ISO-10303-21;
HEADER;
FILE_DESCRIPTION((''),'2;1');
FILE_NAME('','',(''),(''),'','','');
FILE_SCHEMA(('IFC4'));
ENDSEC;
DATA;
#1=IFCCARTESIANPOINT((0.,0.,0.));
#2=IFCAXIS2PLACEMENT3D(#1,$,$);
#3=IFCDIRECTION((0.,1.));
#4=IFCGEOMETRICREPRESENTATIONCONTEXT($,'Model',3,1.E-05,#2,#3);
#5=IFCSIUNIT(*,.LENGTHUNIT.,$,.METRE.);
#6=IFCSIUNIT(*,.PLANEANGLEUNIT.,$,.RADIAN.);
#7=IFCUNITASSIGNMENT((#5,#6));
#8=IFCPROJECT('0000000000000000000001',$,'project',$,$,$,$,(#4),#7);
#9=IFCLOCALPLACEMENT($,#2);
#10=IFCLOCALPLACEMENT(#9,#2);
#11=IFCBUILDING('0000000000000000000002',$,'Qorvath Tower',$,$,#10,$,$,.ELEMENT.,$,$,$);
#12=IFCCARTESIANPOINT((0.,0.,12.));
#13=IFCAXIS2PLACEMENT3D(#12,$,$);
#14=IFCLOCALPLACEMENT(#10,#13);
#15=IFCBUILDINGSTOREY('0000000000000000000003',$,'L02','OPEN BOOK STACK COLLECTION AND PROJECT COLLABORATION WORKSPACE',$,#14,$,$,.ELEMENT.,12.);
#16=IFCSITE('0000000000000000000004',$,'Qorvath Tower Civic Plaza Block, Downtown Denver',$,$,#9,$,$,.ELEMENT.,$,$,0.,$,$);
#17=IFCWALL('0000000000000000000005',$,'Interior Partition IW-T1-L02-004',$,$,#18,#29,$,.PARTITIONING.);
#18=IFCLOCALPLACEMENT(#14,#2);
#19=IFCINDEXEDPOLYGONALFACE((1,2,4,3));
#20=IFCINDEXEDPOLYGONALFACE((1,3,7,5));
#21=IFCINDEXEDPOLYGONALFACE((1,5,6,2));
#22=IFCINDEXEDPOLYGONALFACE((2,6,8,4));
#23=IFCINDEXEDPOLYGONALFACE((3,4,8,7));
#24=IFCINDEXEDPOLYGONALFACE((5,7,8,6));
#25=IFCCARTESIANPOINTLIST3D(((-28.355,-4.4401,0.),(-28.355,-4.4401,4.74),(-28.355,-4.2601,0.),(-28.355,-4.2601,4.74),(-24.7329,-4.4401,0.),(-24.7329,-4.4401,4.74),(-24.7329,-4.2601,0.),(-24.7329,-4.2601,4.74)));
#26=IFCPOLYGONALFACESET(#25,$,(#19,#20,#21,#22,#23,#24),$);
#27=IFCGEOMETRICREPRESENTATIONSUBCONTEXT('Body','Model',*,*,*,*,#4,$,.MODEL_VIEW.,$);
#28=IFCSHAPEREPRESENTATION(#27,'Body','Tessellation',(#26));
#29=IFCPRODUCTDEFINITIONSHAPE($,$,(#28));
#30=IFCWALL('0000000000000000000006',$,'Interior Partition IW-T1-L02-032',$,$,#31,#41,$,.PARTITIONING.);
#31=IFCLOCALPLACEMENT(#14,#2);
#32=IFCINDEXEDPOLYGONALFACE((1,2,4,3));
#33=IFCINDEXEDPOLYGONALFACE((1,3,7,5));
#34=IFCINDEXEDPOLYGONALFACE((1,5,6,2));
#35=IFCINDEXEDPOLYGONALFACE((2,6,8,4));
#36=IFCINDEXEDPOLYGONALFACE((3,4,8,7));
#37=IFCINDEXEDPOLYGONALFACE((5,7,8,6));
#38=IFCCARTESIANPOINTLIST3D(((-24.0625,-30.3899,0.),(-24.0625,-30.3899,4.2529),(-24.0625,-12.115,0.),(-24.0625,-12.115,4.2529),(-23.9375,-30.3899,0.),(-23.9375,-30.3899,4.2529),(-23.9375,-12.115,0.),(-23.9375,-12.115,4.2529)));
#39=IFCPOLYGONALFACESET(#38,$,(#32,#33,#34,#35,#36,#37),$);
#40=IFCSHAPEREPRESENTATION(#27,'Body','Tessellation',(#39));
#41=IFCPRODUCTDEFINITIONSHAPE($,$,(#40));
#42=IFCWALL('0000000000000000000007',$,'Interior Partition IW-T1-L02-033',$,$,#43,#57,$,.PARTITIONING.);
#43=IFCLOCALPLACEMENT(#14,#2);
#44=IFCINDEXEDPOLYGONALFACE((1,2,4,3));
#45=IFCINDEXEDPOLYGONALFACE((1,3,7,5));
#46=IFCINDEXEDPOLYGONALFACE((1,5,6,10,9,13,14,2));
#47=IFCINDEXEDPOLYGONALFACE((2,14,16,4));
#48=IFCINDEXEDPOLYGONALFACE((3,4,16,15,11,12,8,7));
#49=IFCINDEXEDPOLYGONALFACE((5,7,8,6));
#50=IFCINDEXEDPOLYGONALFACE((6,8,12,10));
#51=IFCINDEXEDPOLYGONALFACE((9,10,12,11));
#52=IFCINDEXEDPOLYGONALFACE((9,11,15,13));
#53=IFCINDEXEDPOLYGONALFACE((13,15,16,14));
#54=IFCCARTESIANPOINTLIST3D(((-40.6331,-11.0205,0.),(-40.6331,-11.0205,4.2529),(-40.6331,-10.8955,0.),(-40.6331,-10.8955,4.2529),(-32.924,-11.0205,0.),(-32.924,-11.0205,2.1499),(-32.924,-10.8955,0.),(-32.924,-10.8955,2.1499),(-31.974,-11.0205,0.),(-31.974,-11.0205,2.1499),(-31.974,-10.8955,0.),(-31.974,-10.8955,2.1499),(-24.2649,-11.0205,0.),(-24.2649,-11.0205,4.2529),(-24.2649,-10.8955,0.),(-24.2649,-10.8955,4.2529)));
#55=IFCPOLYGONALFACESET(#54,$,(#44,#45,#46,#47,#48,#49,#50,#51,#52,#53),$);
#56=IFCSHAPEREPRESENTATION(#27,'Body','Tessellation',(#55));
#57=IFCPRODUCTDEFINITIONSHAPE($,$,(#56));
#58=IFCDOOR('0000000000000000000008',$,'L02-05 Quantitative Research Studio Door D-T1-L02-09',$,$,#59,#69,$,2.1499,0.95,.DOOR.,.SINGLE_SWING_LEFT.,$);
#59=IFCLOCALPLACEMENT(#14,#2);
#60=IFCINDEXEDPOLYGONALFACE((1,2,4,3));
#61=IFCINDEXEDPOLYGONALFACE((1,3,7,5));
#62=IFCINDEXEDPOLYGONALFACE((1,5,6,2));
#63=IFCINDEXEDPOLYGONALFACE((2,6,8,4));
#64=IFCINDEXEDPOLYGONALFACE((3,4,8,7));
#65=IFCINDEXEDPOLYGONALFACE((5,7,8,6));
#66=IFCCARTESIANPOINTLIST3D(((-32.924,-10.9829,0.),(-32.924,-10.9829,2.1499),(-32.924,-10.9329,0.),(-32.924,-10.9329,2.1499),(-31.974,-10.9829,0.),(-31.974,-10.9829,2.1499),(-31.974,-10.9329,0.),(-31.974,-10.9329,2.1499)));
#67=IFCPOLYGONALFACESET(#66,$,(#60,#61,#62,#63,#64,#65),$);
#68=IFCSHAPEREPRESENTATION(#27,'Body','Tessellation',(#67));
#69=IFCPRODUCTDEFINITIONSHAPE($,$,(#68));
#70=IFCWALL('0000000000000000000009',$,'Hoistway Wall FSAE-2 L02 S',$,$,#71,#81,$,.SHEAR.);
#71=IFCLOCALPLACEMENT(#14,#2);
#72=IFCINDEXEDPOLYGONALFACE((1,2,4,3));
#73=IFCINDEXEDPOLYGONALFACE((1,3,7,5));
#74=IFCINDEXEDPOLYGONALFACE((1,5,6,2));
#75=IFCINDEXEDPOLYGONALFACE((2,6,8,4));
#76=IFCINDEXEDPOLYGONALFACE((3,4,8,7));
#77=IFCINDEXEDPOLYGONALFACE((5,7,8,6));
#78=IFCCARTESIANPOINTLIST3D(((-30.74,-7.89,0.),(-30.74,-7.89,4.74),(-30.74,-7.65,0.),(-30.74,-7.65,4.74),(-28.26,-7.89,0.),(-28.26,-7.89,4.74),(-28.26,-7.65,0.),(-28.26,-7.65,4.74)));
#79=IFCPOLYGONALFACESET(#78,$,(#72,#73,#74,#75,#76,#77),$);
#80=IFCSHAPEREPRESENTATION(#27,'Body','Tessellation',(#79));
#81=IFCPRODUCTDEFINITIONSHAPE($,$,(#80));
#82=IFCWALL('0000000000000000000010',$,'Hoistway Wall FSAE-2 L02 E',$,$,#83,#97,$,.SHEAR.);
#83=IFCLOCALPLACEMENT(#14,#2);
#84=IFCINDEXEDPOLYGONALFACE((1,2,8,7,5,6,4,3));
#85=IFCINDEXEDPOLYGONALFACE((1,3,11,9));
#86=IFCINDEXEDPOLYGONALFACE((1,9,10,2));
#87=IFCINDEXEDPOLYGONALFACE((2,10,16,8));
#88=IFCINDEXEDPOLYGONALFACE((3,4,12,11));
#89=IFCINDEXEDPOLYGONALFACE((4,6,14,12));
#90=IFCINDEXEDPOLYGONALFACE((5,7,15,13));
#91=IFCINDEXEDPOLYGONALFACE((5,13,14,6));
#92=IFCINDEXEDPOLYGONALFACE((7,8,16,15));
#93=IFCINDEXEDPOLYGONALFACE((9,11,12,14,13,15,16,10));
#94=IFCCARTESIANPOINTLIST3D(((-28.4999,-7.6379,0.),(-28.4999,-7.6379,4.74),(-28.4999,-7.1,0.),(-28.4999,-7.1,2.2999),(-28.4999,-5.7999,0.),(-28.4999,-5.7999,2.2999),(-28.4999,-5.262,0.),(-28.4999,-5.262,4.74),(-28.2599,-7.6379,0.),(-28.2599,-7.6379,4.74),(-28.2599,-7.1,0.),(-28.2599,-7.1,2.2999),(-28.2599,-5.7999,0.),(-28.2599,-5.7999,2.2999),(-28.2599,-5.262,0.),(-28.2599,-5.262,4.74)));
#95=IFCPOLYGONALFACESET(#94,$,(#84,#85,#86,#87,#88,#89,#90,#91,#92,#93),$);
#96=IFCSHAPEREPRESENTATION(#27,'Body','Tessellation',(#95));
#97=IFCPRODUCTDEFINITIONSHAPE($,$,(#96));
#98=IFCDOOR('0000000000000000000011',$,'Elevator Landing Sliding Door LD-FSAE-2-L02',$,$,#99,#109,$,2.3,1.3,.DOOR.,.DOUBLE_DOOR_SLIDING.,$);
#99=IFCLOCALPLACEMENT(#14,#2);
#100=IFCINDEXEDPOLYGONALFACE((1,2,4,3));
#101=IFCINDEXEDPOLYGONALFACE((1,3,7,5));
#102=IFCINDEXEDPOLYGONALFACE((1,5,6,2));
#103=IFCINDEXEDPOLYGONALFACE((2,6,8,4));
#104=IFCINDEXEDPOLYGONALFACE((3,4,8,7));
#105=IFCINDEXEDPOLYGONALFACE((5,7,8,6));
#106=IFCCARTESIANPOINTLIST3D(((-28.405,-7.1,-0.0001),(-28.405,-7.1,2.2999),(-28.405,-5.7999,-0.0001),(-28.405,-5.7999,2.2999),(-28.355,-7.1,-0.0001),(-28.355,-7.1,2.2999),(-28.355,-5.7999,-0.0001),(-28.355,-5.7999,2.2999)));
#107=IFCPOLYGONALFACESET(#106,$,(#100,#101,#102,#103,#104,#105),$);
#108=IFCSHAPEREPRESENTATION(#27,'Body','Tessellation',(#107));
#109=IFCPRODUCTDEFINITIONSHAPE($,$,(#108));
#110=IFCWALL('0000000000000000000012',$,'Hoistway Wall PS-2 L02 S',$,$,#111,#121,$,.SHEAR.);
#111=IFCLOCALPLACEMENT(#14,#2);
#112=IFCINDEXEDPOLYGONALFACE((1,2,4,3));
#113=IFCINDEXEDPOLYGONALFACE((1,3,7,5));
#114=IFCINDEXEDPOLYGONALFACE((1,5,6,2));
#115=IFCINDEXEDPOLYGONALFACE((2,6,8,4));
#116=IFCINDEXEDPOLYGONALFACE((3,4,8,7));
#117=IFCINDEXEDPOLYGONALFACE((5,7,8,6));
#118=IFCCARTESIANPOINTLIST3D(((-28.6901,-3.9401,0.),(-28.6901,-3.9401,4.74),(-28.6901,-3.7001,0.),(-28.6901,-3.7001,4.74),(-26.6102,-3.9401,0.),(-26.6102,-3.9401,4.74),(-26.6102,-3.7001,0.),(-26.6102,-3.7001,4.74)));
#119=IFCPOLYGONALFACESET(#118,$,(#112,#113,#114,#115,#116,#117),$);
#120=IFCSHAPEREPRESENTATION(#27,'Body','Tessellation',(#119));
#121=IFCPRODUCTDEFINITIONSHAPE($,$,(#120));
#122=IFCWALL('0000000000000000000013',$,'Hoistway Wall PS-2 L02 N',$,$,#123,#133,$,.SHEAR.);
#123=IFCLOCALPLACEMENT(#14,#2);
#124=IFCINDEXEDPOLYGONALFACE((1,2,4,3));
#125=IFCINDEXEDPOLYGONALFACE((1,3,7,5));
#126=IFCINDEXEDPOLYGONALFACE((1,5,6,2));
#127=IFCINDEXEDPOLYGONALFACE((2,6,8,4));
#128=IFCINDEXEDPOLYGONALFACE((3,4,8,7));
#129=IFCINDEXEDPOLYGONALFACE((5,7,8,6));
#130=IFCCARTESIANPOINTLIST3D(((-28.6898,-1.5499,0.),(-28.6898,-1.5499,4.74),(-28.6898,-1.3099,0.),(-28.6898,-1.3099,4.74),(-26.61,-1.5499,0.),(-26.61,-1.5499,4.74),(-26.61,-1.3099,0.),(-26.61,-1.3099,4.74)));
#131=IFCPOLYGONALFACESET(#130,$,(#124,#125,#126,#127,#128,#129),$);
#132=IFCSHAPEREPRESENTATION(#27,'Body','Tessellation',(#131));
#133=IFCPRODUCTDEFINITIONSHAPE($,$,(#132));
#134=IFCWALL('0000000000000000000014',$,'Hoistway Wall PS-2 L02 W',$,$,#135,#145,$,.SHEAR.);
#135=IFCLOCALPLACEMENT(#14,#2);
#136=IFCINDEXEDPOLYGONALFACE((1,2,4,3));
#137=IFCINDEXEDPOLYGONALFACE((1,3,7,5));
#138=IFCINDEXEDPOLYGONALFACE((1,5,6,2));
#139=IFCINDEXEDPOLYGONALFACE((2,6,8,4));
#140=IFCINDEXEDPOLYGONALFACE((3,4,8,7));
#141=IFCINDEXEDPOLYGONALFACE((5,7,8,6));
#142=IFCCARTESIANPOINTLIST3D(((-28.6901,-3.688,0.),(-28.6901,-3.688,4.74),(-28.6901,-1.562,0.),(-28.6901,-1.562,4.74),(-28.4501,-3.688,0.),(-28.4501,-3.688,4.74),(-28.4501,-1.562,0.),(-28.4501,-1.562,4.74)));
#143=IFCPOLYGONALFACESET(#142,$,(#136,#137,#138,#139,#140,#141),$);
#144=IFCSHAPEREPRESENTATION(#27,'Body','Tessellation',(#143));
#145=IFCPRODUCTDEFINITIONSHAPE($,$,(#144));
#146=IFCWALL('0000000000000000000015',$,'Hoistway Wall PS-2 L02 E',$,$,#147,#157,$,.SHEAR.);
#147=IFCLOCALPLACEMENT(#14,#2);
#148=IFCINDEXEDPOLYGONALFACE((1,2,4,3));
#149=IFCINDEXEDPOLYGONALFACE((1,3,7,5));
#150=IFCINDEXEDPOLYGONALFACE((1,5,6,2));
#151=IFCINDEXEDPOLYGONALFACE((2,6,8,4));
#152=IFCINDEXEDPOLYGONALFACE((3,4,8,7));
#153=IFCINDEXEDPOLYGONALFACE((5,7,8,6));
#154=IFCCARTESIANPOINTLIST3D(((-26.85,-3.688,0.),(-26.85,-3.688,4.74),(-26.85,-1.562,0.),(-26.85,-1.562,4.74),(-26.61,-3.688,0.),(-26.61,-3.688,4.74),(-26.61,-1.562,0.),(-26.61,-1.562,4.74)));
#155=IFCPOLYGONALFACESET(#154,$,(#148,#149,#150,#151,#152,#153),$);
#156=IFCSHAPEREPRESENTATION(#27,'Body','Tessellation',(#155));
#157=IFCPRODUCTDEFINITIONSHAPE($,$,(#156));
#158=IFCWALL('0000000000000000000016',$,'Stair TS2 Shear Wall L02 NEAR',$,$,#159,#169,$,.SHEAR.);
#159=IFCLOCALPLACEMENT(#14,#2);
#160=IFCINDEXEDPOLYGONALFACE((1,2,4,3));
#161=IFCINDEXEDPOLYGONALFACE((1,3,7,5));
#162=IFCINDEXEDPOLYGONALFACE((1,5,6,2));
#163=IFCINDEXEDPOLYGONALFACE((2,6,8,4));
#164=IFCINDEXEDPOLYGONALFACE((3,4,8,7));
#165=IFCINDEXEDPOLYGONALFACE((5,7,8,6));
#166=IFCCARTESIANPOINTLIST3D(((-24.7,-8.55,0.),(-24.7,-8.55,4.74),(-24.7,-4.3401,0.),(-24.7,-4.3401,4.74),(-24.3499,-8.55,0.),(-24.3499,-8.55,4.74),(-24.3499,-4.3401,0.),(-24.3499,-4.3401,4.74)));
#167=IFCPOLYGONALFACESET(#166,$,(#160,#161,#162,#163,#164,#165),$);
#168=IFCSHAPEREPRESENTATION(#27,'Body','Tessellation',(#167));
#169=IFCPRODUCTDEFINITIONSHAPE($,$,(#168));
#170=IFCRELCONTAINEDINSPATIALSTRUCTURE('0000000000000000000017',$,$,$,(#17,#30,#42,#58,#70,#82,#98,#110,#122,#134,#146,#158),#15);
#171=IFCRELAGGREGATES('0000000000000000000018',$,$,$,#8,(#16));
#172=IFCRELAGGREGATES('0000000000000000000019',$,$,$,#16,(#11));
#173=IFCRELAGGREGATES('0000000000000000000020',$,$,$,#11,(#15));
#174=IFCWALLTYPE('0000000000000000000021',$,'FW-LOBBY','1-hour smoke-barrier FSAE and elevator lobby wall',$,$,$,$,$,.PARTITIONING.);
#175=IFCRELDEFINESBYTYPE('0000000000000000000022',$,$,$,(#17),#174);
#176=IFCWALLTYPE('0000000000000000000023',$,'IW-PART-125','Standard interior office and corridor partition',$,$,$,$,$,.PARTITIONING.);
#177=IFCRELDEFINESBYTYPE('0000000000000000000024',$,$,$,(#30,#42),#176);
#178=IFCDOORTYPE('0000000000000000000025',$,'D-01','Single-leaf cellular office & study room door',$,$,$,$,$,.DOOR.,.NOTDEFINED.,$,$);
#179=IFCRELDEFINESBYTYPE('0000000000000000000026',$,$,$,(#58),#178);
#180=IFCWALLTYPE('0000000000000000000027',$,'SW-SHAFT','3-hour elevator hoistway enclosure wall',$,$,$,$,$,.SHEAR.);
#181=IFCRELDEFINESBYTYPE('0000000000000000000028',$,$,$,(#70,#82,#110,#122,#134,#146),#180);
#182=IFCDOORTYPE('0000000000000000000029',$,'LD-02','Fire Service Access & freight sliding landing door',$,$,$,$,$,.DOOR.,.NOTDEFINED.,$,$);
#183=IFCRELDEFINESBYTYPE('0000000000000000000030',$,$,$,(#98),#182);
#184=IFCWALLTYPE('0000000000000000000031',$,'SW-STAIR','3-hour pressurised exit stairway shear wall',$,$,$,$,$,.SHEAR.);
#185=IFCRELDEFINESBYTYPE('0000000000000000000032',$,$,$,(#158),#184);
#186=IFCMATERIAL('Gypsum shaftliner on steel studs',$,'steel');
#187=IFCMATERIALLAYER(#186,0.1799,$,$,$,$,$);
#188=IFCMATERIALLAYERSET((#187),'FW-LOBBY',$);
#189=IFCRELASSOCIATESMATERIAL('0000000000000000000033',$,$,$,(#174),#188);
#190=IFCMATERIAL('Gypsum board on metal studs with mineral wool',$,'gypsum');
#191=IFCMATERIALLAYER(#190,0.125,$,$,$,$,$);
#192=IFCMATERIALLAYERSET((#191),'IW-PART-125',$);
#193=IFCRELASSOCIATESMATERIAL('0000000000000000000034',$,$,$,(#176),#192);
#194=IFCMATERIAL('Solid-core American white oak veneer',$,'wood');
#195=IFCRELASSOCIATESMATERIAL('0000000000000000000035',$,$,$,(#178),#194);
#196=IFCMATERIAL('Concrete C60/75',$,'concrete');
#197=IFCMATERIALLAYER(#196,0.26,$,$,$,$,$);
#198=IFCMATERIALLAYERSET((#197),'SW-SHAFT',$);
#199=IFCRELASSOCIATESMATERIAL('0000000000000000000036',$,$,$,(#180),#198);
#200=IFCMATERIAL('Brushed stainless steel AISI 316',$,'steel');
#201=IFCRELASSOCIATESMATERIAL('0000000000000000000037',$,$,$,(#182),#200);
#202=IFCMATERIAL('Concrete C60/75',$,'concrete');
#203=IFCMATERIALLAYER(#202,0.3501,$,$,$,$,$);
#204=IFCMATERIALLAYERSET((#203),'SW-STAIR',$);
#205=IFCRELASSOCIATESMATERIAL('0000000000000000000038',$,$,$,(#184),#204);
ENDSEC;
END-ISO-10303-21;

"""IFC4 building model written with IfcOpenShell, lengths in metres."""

from ifc_helpers import new_model, si_unit, direction, frame, frame_2d, origin, place, context, subcontext, project, spatial, rectangle, extrude, material, layer, layer_set, type_object, element, fill, save


model = new_model("IFC4")

# Units and contexts
model_context = context("Model", 3, precision=1e-05, world=origin(), true_north=direction((0.0, 1.0)))
body_context = subcontext(model_context, "Body", "Model", "MODEL_VIEW")
ifc_project = project(units=[si_unit("LENGTHUNIT", "METRE"), si_unit("PLANEANGLEUNIT", "RADIAN")], contexts=[model_context])

# Site, building, storey
site_placement = place(None, origin())
site = spatial("IfcSite", under=ifc_project, at=site_placement, Name="Qorvath Tower Civic Plaza Block, Downtown Denver", CompositionType="ELEMENT", RefElevation=0.0)
building_placement = place(site_placement, origin())
building = spatial("IfcBuilding", under=site, at=building_placement, Name="Qorvath Tower", CompositionType="ELEMENT")
storey_placement = place(building_placement, frame((0.0, 0.0, 12.0)))
storey = spatial("IfcBuildingStorey", under=building, at=storey_placement, Name="L02", Description="OPEN BOOK STACK COLLECTION AND PROJECT COLLABORATION WORKSPACE", CompositionType="ELEMENT", Elevation=12.0)

# Shared definitions
ifc_material_1 = material(Name="Gypsum shaftliner on steel studs", Category="steel")
ifc_layer_1 = layer(ifc_material_1, 0.1799)
ifc_layer_set_1 = layer_set([ifc_layer_1], Name="FW-LOBBY")
wall_type_1 = type_object("IfcWallType", Name="FW-LOBBY", Description="1-hour smoke-barrier FSAE and elevator lobby wall", PredefinedType="PARTITIONING", material=ifc_layer_set_1)

# Walls
wall_1_placement = place(storey_placement, frame((-24.7329, -4.3501, 0.0), z_axis=(0.0, 0.0, 1.0), x_axis=(-1.0, 0.0, 0.0)))
element("IfcWall", 1, at=wall_1_placement, inside=storey, type_object=wall_type_1, Name="Interior Partition IW-T1-L02-004", PredefinedType="PARTITIONING", context=body_context, shape_type="SweptSolid", body=[
    extrude(rectangle(XDim=3.6221, YDim=0.1799, at=frame_2d((1.811, 0.0))), origin(), (0.0, 0.0, 1.0), 4.74),
])
ifc_material_2 = material(Name="Gypsum board on metal studs with mineral wool", Category="gypsum")
ifc_layer_2 = layer(ifc_material_2, 0.125)
ifc_layer_set_2 = layer_set([ifc_layer_2], Name="IW-PART-125")
wall_type_2 = type_object("IfcWallType", Name="IW-PART-125", Description="Standard interior office and corridor partition", PredefinedType="PARTITIONING", material=ifc_layer_set_2)
wall_2_placement = place(storey_placement, frame((-24.0, -12.115, 0.0), z_axis=(0.0, 0.0, 1.0), x_axis=(0.0, -1.0, 0.0)))
element("IfcWall", 2, at=wall_2_placement, inside=storey, type_object=wall_type_2, Name="Interior Partition IW-T1-L02-032", PredefinedType="PARTITIONING", context=body_context, shape_type="SweptSolid", body=[
    extrude(rectangle(XDim=18.2749, YDim=0.125, at=frame_2d((9.1375, 0.0))), origin(), (0.0, 0.0, 1.0), 4.2529),
])

# Wall, opening, door
wall_3_placement = place(storey_placement, frame((-24.2649, -10.958, 0.0), z_axis=(0.0, 0.0, 1.0), x_axis=(-1.0, 0.0, 0.0)))
wall_3 = element("IfcWall", 3, at=wall_3_placement, inside=storey, type_object=wall_type_2, Name="Interior Partition IW-T1-L02-033", PredefinedType="PARTITIONING", context=body_context, shape_type="SweptSolid", body=[
    extrude(rectangle(XDim=16.3682, YDim=0.125, at=frame_2d((8.1841, 0.0))), origin(), (0.0, 0.0, 1.0), 4.2529),
])
opening_1_placement = place(wall_3_placement, frame((7.709, 0.0, 0.0)))
opening_1 = element("IfcOpeningElement", 4, at=opening_1_placement, cuts=wall_3, PredefinedType="OPENING", context=body_context, shape_type="SweptSolid", body=[
    extrude(rectangle(XDim=0.95, YDim=2.1499, at=frame_2d((0.4751, 1.075))), frame((0.0, 0.0725, 0.0), z_axis=(0.0, -1.0, 0.0), x_axis=(1.0, 0.0, 0.0)), (0.0, 0.0, 1.0), 0.145),
])
ifc_material_3 = material(Name="Solid-core American white oak veneer", Category="wood")
door_type_1 = type_object("IfcDoorType", Name="D-01", Description="Single-leaf cellular office & study room door", OperationType="NOTDEFINED", PredefinedType="DOOR", material=ifc_material_3)
door_1_placement = place(opening_1_placement, origin())
door_1 = element("IfcDoor", 5, at=door_1_placement, inside=storey, type_object=door_type_1, Name="L02-05 Quantitative Research Studio Door D-T1-L02-09", OperationType="SINGLE_SWING_LEFT", OverallHeight=2.1499, OverallWidth=0.95, PredefinedType="DOOR", context=body_context, shape_type="SweptSolid", body=[
    extrude(rectangle(XDim=0.95, YDim=2.1499, at=frame_2d((0.4751, 1.075))), frame((0.0, 0.0249, 0.0), z_axis=(0.0, -1.0, 0.0), x_axis=(1.0, 0.0, 0.0)), (0.0, 0.0, 1.0), 0.05),
])
fill(opening_1, door_1)

# Wall
ifc_material_4 = material(Name="Concrete C60/75", Category="concrete")
ifc_layer_3 = layer(ifc_material_4, 0.26)
ifc_layer_set_3 = layer_set([ifc_layer_3], Name="SW-SHAFT")
wall_type_3 = type_object("IfcWallType", Name="SW-SHAFT", Description="3-hour elevator hoistway enclosure wall", PredefinedType="SHEAR", material=ifc_layer_set_3)
wall_4_placement = place(storey_placement, frame((-28.26, -7.77, 0.0), z_axis=(0.0, 0.0, 1.0), x_axis=(-1.0, 0.0, 0.0)))
element("IfcWall", 6, at=wall_4_placement, inside=storey, type_object=wall_type_3, Name="Hoistway Wall FSAE-2 L02 S", PredefinedType="SHEAR", context=body_context, shape_type="SweptSolid", body=[
    extrude(rectangle(XDim=2.48, YDim=0.24, at=frame_2d((1.24, 0.0))), origin(), (0.0, 0.0, 1.0), 4.74),
])

# Wall, opening, door
wall_5_placement = place(storey_placement, frame((-28.3799, -5.262, 0.0), z_axis=(0.0, 0.0, 1.0), x_axis=(0.0, -1.0, 0.0)))
wall_5 = element("IfcWall", 7, at=wall_5_placement, inside=storey, type_object=wall_type_3, Name="Hoistway Wall FSAE-2 L02 E", PredefinedType="SHEAR", context=body_context, shape_type="SweptSolid", body=[
    extrude(rectangle(XDim=2.376, YDim=0.24, at=frame_2d((1.188, 0.0))), origin(), (0.0, 0.0, 1.0), 4.74),
])
opening_2_placement = place(wall_5_placement, frame((0.5381, 0.0, 0.0)))
opening_2 = element("IfcOpeningElement", 8, at=opening_2_placement, cuts=wall_5, PredefinedType="OPENING", context=body_context, shape_type="SweptSolid", body=[
    extrude(rectangle(XDim=1.3, YDim=2.3, at=frame_2d((0.6499, 1.1499))), frame((0.0, 0.1299, 0.0), z_axis=(0.0, -1.0, 0.0), x_axis=(1.0, 0.0, 0.0)), (0.0, 0.0, 1.0), 0.26),
])
ifc_material_5 = material(Name="Brushed stainless steel AISI 316", Category="steel")
door_type_2 = type_object("IfcDoorType", Name="LD-02", Description="Fire Service Access & freight sliding landing door", OperationType="NOTDEFINED", PredefinedType="DOOR", material=ifc_material_5)
door_2_placement = place(opening_2_placement, origin())
door_2 = element("IfcDoor", 9, at=door_2_placement, inside=storey, type_object=door_type_2, Name="Elevator Landing Sliding Door LD-FSAE-2-L02", OperationType="DOUBLE_DOOR_SLIDING", OverallHeight=2.3, OverallWidth=1.3, PredefinedType="DOOR", context=body_context, shape_type="SweptSolid", body=[
    extrude(rectangle(XDim=1.3, YDim=2.3, at=frame_2d((0.6499, 1.1499))), frame((0.0, 0.0249, 0.0), z_axis=(0.0, -1.0, 0.0), x_axis=(1.0, 0.0, 0.0)), (0.0, 0.0, 1.0), 0.05),
])
fill(opening_2, door_2)

# Walls
for number, where, z_axis, x_axis, name in (
    (10, (-26.6101, -3.8201, 0.0), (0.0, 0.0, 1.0), (-1.0, 0.0, 0.0), "Hoistway Wall PS-2 L02 S"),
    (11, (-28.6899, -1.4299, 0.0), (0.0, 0.0, 1.0), (1.0, 0.0, 0.0), "Hoistway Wall PS-2 L02 N"),
):
    element("IfcWall", number, at=place(storey_placement, frame(where, z_axis=z_axis, x_axis=x_axis)), inside=storey, type_object=wall_type_3, Name=name, PredefinedType="SHEAR", context=body_context, shape_type="SweptSolid", body=[
        extrude(rectangle(XDim=2.0798, YDim=0.24, at=frame_2d((1.04, 0.0))), origin(), (0.0, 0.0, 1.0), 4.74),
    ])
for number, where, z_axis, x_axis, name in (
    (12, (-28.5701, -3.688, 0.0), (0.0, 0.0, 1.0), (0.0, 1.0, 0.0), "Hoistway Wall PS-2 L02 W"),
    (13, (-26.73, -1.562, 0.0), (0.0, 0.0, 1.0), (0.0, -1.0, 0.0), "Hoistway Wall PS-2 L02 E"),
):
    element("IfcWall", number, at=place(storey_placement, frame(where, z_axis=z_axis, x_axis=x_axis)), inside=storey, type_object=wall_type_3, Name=name, PredefinedType="SHEAR", context=body_context, shape_type="SweptSolid", body=[
        extrude(rectangle(XDim=2.126, YDim=0.24, at=frame_2d((1.063, 0.0))), origin(), (0.0, 0.0, 1.0), 4.74),
    ])
ifc_material_6 = material(Name="Concrete C60/75", Category="concrete")
ifc_layer_4 = layer(ifc_material_6, 0.3501)
ifc_layer_set_4 = layer_set([ifc_layer_4], Name="SW-STAIR")
wall_type_4 = type_object("IfcWallType", Name="SW-STAIR", Description="3-hour pressurised exit stairway shear wall", PredefinedType="SHEAR", material=ifc_layer_set_4)
wall_6_placement = place(storey_placement, frame((-24.5249, -4.3401, 0.0), z_axis=(0.0, 0.0, 1.0), x_axis=(0.0, -1.0, 0.0)))
element("IfcWall", 14, at=wall_6_placement, inside=storey, type_object=wall_type_4, Name="Stair TS2 Shear Wall L02 NEAR", PredefinedType="SHEAR", context=body_context, shape_type="SweptSolid", body=[
    extrude(rectangle(XDim=4.21, YDim=0.3501, at=frame_2d((2.105, 0.0))), origin(), (0.0, 0.0, 1.0), 4.74),
])

save(model, "model.ifc")
